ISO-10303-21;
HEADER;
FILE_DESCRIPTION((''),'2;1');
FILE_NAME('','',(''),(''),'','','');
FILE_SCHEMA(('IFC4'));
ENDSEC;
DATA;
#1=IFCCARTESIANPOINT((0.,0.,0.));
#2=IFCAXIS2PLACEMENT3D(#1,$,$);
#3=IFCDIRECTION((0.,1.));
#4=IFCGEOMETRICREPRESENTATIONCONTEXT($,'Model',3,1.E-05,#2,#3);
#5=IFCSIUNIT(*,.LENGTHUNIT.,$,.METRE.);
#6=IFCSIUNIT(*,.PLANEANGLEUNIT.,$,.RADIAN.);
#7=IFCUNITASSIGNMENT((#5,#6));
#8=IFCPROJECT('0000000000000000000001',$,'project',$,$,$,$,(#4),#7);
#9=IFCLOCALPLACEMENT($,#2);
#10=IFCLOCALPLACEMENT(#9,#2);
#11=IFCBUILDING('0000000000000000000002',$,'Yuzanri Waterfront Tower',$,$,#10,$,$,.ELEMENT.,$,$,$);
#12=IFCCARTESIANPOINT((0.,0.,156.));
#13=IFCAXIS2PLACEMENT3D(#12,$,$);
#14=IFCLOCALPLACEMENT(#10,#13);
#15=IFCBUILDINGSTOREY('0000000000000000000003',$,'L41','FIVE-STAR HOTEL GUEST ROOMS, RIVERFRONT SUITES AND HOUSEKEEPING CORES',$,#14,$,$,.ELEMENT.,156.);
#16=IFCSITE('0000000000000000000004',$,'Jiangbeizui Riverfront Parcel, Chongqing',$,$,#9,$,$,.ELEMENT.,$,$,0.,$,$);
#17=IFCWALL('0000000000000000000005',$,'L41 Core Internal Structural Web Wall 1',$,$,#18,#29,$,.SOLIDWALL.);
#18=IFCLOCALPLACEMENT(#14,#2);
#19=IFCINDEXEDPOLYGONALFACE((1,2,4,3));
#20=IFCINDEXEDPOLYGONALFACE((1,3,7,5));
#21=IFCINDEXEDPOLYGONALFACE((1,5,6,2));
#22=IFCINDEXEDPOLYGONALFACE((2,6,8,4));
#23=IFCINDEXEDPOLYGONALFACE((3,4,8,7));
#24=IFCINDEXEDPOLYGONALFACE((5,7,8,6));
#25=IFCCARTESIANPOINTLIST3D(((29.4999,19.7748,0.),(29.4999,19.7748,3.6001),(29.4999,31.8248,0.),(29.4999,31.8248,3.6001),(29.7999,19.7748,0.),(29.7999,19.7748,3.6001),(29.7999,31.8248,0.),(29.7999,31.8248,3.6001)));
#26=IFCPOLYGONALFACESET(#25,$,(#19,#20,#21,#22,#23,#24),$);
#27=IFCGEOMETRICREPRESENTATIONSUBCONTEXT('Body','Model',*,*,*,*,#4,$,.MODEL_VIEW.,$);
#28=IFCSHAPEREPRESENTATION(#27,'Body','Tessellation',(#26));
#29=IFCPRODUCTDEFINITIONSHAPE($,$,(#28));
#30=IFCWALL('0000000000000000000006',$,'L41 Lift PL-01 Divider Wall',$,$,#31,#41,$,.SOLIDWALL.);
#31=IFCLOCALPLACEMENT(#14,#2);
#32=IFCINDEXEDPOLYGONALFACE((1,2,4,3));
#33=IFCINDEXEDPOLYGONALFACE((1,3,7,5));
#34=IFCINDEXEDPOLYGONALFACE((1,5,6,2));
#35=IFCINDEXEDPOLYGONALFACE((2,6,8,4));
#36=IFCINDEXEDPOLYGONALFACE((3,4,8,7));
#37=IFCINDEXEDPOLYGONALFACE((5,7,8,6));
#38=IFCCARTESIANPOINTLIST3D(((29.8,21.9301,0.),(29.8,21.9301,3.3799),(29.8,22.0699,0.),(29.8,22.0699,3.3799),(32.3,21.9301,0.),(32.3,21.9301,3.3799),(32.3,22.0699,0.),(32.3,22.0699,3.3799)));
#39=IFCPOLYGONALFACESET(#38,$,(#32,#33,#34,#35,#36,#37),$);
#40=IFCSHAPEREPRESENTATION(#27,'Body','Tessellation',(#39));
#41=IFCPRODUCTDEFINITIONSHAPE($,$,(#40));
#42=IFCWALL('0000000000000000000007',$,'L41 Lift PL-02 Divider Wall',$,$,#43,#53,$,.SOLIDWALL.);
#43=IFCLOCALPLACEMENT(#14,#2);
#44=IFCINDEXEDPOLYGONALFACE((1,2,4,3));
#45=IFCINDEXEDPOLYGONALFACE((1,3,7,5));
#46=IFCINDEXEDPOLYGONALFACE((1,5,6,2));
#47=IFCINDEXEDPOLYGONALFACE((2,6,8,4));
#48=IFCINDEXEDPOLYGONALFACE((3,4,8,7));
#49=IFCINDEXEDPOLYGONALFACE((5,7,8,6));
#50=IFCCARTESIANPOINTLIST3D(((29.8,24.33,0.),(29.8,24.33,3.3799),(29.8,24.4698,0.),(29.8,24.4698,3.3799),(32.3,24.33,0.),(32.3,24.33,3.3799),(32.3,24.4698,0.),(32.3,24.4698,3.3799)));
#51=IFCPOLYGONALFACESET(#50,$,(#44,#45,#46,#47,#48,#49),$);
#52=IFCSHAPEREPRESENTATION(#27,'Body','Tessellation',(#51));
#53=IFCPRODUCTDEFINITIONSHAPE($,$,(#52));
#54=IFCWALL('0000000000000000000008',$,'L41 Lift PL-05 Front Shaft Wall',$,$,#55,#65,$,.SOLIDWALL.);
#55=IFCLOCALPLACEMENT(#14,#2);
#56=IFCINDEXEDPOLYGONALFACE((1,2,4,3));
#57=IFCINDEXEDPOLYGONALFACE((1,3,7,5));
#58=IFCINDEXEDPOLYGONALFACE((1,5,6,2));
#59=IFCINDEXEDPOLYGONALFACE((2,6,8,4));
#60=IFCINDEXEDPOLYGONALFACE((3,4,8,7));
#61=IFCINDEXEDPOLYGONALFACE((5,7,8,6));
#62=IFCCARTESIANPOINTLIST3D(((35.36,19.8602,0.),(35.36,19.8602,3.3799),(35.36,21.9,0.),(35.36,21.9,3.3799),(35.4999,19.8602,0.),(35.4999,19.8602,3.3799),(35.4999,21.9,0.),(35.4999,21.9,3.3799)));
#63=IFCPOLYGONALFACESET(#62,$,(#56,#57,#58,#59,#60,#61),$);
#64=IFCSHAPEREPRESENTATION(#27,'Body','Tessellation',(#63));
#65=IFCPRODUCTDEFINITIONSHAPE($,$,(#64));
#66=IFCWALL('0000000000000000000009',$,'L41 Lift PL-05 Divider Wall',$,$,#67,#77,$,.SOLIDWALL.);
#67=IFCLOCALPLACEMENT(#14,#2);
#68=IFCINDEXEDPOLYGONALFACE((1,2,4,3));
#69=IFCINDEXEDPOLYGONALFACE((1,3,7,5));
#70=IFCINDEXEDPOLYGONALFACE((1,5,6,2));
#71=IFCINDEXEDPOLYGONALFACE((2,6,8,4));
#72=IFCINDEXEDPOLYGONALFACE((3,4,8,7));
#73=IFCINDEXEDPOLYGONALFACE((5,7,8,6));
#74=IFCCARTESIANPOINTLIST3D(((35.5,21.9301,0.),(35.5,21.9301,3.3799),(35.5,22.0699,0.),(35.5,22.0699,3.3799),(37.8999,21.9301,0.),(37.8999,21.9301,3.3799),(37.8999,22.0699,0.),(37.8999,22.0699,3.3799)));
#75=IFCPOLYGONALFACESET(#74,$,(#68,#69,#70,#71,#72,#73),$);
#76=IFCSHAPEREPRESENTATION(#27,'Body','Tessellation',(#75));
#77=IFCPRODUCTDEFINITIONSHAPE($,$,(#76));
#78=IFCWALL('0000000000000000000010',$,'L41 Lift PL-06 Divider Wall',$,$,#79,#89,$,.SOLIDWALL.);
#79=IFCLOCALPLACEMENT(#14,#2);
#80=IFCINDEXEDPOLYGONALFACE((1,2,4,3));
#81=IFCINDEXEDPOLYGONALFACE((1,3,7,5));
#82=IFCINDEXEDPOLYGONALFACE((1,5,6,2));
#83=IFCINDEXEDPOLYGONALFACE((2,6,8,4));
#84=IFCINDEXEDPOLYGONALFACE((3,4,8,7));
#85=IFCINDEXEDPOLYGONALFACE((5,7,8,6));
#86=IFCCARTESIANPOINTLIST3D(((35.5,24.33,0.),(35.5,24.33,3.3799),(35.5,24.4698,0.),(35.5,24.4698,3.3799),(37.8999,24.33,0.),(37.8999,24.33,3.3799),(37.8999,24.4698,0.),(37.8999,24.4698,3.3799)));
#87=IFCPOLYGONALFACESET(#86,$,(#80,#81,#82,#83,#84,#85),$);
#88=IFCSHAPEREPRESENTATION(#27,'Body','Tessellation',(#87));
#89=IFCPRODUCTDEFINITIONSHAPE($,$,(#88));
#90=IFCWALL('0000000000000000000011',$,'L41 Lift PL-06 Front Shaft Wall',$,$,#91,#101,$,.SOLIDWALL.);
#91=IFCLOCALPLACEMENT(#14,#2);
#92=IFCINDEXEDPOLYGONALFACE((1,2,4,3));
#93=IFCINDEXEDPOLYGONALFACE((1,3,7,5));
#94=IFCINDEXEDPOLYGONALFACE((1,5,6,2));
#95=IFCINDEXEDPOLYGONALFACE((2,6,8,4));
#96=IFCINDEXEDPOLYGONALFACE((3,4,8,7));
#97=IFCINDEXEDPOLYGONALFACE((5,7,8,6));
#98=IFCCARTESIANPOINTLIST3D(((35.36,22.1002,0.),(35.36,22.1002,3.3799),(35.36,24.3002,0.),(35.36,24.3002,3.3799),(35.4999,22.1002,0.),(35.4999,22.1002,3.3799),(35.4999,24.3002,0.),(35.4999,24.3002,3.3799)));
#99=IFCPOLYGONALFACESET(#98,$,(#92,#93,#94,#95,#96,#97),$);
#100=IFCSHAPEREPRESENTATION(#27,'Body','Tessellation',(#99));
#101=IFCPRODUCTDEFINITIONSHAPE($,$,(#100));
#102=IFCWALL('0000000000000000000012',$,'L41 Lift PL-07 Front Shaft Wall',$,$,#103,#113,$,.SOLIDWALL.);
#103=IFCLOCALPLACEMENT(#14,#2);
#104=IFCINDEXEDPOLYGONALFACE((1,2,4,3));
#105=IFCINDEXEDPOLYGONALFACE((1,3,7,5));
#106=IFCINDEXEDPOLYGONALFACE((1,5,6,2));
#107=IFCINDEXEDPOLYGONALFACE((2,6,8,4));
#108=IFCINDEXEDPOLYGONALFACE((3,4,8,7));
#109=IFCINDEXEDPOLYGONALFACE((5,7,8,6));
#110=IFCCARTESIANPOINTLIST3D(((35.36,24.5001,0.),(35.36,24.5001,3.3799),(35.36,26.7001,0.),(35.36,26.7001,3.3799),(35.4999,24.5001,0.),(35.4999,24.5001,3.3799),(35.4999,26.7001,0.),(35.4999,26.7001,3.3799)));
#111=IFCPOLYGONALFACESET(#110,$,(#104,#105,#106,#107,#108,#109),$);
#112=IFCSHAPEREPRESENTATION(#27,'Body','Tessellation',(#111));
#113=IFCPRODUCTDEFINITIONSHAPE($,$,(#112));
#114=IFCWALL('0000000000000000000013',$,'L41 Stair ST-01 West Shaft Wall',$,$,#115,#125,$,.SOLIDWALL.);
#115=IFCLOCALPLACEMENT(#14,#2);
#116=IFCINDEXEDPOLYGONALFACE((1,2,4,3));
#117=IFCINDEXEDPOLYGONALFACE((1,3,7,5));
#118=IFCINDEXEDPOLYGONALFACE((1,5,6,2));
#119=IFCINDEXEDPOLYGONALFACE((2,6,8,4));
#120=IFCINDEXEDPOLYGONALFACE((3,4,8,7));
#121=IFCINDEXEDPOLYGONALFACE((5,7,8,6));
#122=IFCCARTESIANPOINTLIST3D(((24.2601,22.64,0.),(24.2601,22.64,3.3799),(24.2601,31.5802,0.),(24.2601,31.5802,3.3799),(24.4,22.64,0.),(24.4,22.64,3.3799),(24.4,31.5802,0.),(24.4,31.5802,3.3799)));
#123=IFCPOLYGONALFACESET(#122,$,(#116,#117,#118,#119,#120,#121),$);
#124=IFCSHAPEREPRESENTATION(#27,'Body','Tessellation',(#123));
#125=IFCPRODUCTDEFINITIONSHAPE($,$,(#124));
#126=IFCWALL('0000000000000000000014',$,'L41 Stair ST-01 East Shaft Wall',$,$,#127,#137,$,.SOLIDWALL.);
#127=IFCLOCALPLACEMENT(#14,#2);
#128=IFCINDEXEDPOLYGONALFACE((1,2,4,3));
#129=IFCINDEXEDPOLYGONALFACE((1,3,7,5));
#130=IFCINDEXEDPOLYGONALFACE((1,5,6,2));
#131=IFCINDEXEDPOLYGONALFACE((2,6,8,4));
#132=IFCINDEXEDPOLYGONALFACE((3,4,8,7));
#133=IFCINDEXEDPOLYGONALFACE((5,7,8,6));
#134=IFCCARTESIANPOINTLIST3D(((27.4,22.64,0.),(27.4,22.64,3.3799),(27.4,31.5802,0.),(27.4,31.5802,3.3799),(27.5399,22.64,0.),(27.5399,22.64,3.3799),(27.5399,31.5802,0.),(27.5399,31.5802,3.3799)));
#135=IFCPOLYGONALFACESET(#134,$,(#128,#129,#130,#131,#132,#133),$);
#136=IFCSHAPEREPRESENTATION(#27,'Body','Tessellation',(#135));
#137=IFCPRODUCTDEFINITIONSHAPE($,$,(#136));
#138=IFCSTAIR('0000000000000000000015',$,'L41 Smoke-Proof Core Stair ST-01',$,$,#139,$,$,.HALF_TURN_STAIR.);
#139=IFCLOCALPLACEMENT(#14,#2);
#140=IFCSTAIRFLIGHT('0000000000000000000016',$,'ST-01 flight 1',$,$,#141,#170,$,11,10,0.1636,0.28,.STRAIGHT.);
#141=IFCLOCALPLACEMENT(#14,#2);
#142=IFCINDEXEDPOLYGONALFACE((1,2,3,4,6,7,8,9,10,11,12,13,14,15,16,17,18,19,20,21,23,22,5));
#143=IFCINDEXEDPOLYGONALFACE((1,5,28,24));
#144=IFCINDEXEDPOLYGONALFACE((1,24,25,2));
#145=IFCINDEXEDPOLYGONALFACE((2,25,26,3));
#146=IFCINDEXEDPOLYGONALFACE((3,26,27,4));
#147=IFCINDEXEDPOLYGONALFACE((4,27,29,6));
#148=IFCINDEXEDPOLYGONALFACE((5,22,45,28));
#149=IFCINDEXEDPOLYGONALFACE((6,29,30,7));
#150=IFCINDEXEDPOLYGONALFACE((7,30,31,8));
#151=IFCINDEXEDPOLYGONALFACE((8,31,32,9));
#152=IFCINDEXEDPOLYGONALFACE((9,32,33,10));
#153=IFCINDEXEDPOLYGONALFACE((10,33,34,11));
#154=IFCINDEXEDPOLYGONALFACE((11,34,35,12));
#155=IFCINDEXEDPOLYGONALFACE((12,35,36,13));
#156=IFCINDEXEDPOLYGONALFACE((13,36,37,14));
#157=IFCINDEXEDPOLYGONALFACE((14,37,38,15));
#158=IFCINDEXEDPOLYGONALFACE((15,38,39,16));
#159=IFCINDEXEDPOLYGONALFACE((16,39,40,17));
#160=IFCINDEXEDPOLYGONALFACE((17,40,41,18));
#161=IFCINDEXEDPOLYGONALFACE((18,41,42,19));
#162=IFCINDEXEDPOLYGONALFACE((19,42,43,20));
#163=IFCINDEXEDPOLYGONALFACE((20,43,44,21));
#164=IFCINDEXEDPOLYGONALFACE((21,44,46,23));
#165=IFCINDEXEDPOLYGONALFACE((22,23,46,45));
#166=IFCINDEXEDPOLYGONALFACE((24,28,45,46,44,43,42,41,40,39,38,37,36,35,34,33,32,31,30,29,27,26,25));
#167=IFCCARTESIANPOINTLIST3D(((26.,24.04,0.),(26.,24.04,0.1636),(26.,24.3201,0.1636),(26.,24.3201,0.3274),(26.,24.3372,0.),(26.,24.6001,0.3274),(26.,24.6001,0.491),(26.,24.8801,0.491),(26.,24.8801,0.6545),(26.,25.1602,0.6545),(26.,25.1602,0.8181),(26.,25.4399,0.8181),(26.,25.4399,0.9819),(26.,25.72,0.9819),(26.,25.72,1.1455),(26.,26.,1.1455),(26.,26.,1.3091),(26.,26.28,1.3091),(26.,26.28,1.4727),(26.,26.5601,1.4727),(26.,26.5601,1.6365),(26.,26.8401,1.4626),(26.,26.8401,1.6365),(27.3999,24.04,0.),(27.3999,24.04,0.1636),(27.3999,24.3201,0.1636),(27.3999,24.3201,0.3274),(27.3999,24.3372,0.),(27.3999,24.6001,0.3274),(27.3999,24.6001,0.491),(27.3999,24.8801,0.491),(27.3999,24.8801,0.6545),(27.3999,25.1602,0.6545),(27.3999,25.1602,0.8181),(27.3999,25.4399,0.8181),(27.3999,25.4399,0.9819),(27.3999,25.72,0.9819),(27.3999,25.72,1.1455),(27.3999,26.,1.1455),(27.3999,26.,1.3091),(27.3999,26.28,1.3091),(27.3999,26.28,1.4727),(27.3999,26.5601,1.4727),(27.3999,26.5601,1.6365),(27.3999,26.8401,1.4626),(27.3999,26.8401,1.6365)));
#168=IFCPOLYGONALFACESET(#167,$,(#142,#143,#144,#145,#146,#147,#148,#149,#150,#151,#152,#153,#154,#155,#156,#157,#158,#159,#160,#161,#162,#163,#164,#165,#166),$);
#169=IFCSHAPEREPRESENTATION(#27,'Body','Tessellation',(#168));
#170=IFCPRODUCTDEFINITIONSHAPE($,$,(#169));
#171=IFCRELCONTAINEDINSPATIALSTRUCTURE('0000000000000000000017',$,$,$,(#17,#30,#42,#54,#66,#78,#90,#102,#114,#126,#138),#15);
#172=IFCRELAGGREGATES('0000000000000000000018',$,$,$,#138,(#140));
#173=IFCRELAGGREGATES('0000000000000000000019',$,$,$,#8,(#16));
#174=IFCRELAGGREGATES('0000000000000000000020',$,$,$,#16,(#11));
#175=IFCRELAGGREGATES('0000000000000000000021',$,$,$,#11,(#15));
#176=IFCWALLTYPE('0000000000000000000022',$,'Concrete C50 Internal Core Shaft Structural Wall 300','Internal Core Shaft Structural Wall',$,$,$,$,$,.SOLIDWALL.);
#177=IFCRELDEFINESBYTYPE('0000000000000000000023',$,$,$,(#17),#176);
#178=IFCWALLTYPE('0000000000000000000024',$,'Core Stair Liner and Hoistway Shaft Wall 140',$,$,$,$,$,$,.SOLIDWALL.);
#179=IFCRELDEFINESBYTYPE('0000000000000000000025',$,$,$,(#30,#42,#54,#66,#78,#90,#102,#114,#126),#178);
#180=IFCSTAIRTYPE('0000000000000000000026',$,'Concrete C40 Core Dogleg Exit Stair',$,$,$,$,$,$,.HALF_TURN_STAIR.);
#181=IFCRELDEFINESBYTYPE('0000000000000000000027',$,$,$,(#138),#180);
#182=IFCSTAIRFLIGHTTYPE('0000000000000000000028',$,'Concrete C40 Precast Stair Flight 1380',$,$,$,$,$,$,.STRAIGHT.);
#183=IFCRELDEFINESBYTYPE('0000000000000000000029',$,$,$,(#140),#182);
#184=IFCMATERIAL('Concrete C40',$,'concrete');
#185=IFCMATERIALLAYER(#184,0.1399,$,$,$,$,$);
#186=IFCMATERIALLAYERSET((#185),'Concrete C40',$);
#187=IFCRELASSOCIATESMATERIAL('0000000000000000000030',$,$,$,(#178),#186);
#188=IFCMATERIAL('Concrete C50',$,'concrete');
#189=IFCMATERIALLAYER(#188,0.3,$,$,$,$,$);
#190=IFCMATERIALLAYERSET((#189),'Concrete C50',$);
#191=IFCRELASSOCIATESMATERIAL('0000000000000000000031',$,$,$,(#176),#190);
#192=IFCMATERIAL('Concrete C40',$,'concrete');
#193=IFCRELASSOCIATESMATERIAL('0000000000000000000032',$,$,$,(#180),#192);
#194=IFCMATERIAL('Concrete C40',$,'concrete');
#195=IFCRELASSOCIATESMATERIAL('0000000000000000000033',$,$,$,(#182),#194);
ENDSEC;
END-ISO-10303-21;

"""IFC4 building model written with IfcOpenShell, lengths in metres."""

from ifc_helpers import new_model, si_unit, direction, frame, frame_2d, origin, place, context, subcontext, project, spatial, polyline, rectangle, outline, extrude, source, transform, mapped, material, layer, layer_set, type_object, element, aggregate, save


model = new_model("IFC4")

# Units and contexts
model_context = context("Model", 3, precision=1e-05, world=origin(), true_north=direction((0.0, 1.0)))
body_context = subcontext(model_context, "Body", "Model", "MODEL_VIEW")
ifc_project = project(units=[si_unit("LENGTHUNIT", "METRE"), si_unit("PLANEANGLEUNIT", "RADIAN")], contexts=[model_context])

# Site, building, storey
site_placement = place(None, origin())
site = spatial("IfcSite", under=ifc_project, at=site_placement, Name="Jiangbeizui Riverfront Parcel, Chongqing", CompositionType="ELEMENT", RefElevation=0.0)
building_placement = place(site_placement, origin())
building = spatial("IfcBuilding", under=site, at=building_placement, Name="Yuzanri Waterfront Tower", CompositionType="ELEMENT")
storey_placement = place(building_placement, frame((0.0, 0.0, 156.0)))
storey = spatial("IfcBuildingStorey", under=building, at=storey_placement, Name="L41", Description="FIVE-STAR HOTEL GUEST ROOMS, RIVERFRONT SUITES AND HOUSEKEEPING CORES", CompositionType="ELEMENT", Elevation=156.0)

# Shared definitions
ifc_material_1 = material(Name="Concrete C40", Category="concrete")
ifc_layer_1 = layer(ifc_material_1, 0.1399)
ifc_layer_set_1 = layer_set([ifc_layer_1], Name="Concrete C40")
wall_type_1 = type_object("IfcWallType", Name="Core Stair Liner and Hoistway Shaft Wall 140", PredefinedType="SOLIDWALL", material=ifc_layer_set_1)

# Walls
ifc_material_2 = material(Name="Concrete C50", Category="concrete")
ifc_layer_2 = layer(ifc_material_2, 0.3)
ifc_layer_set_2 = layer_set([ifc_layer_2], Name="Concrete C50")
wall_type_2 = type_object("IfcWallType", Name="Concrete C50 Internal Core Shaft Structural Wall 300", Description="Internal Core Shaft Structural Wall", PredefinedType="SOLIDWALL", material=ifc_layer_set_2)
shared_shape_1 = source(origin(), body_context, "Body", "SweptSolid", [
    extrude(rectangle(XDim=12.05, YDim=0.3, at=frame_2d((6.0249, 0.0))), origin(), (0.0, 0.0, 1.0), 3.6001),
])
wall_1_placement = place(storey_placement, frame((29.6499, 19.7749, 0.0), z_axis=(0.0, 0.0, 1.0), x_axis=(0.0, 1.0, 0.0)))
element("IfcWall", 1, at=wall_1_placement, inside=storey, type_object=wall_type_2, Name="L41 Core Internal Structural Web Wall 1", PredefinedType="SOLIDWALL", context=body_context, shape_type="MappedRepresentation", body=[
    mapped(shared_shape_1, transform((0.0, 0.0, 0.0), scale=1.0)),
])
shared_shape_2 = source(origin(), body_context, "Body", "SweptSolid", [
    extrude(rectangle(XDim=2.5, YDim=0.1399, at=frame_2d((1.25, 0.0))), origin(), (0.0, 0.0, 1.0), 3.3799),
])
for number, where, z_axis, x_axis, name in (
    (2, (29.8, 22.0, 0.0), (0.0, 0.0, 1.0), (1.0, 0.0, 0.0), "L41 Lift PL-01 Divider Wall"),
    (3, (29.8, 24.3999, 0.0), (0.0, 0.0, 1.0), (1.0, 0.0, 0.0), "L41 Lift PL-02 Divider Wall"),
):
    element("IfcWall", number, at=place(storey_placement, frame(where, z_axis=z_axis, x_axis=x_axis)), inside=storey, type_object=wall_type_1, Name=name, PredefinedType="SOLIDWALL", context=body_context, shape_type="MappedRepresentation", body=[
        mapped(shared_shape_2, transform((0.0, 0.0, 0.0), scale=1.0)),
    ])
shared_shape_3 = source(origin(), body_context, "Body", "SweptSolid", [
    extrude(rectangle(XDim=2.0398, YDim=0.1399, at=frame_2d((1.02, 0.0))), origin(), (0.0, 0.0, 1.0), 3.3799),
])
wall_2_placement = place(storey_placement, frame((35.4299, 19.8601, 0.0), z_axis=(0.0, 0.0, 1.0), x_axis=(0.0, 1.0, 0.0)))
element("IfcWall", 4, at=wall_2_placement, inside=storey, type_object=wall_type_1, Name="L41 Lift PL-05 Front Shaft Wall", PredefinedType="SOLIDWALL", context=body_context, shape_type="MappedRepresentation", body=[
    mapped(shared_shape_3, transform((0.0, 0.0, 0.0), scale=1.0)),
])
shared_shape_4 = source(origin(), body_context, "Body", "SweptSolid", [
    extrude(rectangle(XDim=2.3999, YDim=0.1399, at=frame_2d((1.2, 0.0))), origin(), (0.0, 0.0, 1.0), 3.3799),
])
for number, where, z_axis, x_axis, name in (
    (5, (35.5, 22.0, 0.0), (0.0, 0.0, 1.0), (1.0, 0.0, 0.0), "L41 Lift PL-05 Divider Wall"),
    (6, (35.5, 24.3999, 0.0), (0.0, 0.0, 1.0), (1.0, 0.0, 0.0), "L41 Lift PL-06 Divider Wall"),
):
    element("IfcWall", number, at=place(storey_placement, frame(where, z_axis=z_axis, x_axis=x_axis)), inside=storey, type_object=wall_type_1, Name=name, PredefinedType="SOLIDWALL", context=body_context, shape_type="MappedRepresentation", body=[
        mapped(shared_shape_4, transform((0.0, 0.0, 0.0), scale=1.0)),
    ])
shared_shape_5 = source(origin(), body_context, "Body", "SweptSolid", [
    extrude(rectangle(XDim=2.2, YDim=0.1399, at=frame_2d((1.1001, 0.0))), origin(), (0.0, 0.0, 1.0), 3.3799),
])
for number, where, z_axis, x_axis, name in (
    (7, (35.4299, 22.1001, 0.0), (0.0, 0.0, 1.0), (0.0, 1.0, 0.0), "L41 Lift PL-06 Front Shaft Wall"),
    (8, (35.4299, 24.5, 0.0), (0.0, 0.0, 1.0), (0.0, 1.0, 0.0), "L41 Lift PL-07 Front Shaft Wall"),
):
    element("IfcWall", number, at=place(storey_placement, frame(where, z_axis=z_axis, x_axis=x_axis)), inside=storey, type_object=wall_type_1, Name=name, PredefinedType="SOLIDWALL", context=body_context, shape_type="MappedRepresentation", body=[
        mapped(shared_shape_5, transform((0.0, 0.0, 0.0), scale=1.0)),
    ])
shared_shape_6 = source(origin(), body_context, "Body", "SweptSolid", [
    extrude(rectangle(XDim=8.9402, YDim=0.1399, at=frame_2d((4.4702, 0.0))), origin(), (0.0, 0.0, 1.0), 3.3799),
])
for number, where, z_axis, x_axis, name in (
    (9, (24.3301, 22.6399, 0.0), (0.0, 0.0, 1.0), (0.0, 1.0, 0.0), "L41 Stair ST-01 West Shaft Wall"),
    (10, (27.47, 22.6399, 0.0), (0.0, 0.0, 1.0), (0.0, 1.0, 0.0), "L41 Stair ST-01 East Shaft Wall"),
):
    element("IfcWall", number, at=place(storey_placement, frame(where, z_axis=z_axis, x_axis=x_axis)), inside=storey, type_object=wall_type_1, Name=name, PredefinedType="SOLIDWALL", context=body_context, shape_type="MappedRepresentation", body=[
        mapped(shared_shape_6, transform((0.0, 0.0, 0.0), scale=1.0)),
    ])

# Stair, stair flight
ifc_material_3 = material(Name="Concrete C40", Category="concrete")
stair_type = type_object("IfcStairType", Name="Concrete C40 Core Dogleg Exit Stair", PredefinedType="HALF_TURN_STAIR", material=ifc_material_3)
stair_placement = place(storey_placement, origin())
stair = element("IfcStair", 11, at=stair_placement, inside=storey, type_object=stair_type, Name="L41 Smoke-Proof Core Stair ST-01", PredefinedType="HALF_TURN_STAIR")
ifc_material_4 = material(Name="Concrete C40", Category="concrete")
stair_flight_type = type_object("IfcStairFlightType", Name="Concrete C40 Precast Stair Flight 1380", PredefinedType="STRAIGHT", material=ifc_material_4)
shared_shape_7 = source(origin(), body_context, "Body", "SweptSolid", [
    extrude(outline(polyline([(0.0, 0.0), (0.0, 0.1636), (0.28, 0.1636), (0.28, 0.3274), (0.5601, 0.3274), (0.5601, 0.491), (0.8401, 0.491), (0.8401, 0.6545), (1.1201, 0.6545), (1.1201, 0.8181), (1.3999, 0.8181), (1.3999, 0.9819), (1.6799, 0.9819), (1.6799, 1.1455), (1.96, 1.1455), (1.96, 1.3091), (2.24, 1.3091), (2.24, 1.4727), (2.52, 1.4727), (2.52, 1.6365), (2.8, 1.6365), (2.8, 1.8), (2.8, 1.4626), (0.2971, 0.0), (0.0, 0.0)])), frame((0.0, 0.7, 0.0), z_axis=(0.0, -1.0, 0.0), x_axis=(1.0, 0.0, 0.0)), (0.0, 0.0, 1.0), 1.3999),
])
stair_flight_placement = place(storey_placement, frame((26.7, 24.04, 0.0), z_axis=(0.0, 0.0, 1.0), x_axis=(0.0, 1.0, 0.0)))
stair_flight = element("IfcStairFlight", 12, at=stair_flight_placement, type_object=stair_flight_type, Name="ST-01 flight 1", NumberOfRisers=11, NumberOfTreads=10, PredefinedType="STRAIGHT", RiserHeight=0.1636, TreadLength=0.28, context=body_context, shape_type="MappedRepresentation", body=[
    mapped(shared_shape_7, transform((0.0, 0.0, 0.0), scale=1.0)),
])
aggregate(stair, [stair_flight])

save(model, "model.ifc")
